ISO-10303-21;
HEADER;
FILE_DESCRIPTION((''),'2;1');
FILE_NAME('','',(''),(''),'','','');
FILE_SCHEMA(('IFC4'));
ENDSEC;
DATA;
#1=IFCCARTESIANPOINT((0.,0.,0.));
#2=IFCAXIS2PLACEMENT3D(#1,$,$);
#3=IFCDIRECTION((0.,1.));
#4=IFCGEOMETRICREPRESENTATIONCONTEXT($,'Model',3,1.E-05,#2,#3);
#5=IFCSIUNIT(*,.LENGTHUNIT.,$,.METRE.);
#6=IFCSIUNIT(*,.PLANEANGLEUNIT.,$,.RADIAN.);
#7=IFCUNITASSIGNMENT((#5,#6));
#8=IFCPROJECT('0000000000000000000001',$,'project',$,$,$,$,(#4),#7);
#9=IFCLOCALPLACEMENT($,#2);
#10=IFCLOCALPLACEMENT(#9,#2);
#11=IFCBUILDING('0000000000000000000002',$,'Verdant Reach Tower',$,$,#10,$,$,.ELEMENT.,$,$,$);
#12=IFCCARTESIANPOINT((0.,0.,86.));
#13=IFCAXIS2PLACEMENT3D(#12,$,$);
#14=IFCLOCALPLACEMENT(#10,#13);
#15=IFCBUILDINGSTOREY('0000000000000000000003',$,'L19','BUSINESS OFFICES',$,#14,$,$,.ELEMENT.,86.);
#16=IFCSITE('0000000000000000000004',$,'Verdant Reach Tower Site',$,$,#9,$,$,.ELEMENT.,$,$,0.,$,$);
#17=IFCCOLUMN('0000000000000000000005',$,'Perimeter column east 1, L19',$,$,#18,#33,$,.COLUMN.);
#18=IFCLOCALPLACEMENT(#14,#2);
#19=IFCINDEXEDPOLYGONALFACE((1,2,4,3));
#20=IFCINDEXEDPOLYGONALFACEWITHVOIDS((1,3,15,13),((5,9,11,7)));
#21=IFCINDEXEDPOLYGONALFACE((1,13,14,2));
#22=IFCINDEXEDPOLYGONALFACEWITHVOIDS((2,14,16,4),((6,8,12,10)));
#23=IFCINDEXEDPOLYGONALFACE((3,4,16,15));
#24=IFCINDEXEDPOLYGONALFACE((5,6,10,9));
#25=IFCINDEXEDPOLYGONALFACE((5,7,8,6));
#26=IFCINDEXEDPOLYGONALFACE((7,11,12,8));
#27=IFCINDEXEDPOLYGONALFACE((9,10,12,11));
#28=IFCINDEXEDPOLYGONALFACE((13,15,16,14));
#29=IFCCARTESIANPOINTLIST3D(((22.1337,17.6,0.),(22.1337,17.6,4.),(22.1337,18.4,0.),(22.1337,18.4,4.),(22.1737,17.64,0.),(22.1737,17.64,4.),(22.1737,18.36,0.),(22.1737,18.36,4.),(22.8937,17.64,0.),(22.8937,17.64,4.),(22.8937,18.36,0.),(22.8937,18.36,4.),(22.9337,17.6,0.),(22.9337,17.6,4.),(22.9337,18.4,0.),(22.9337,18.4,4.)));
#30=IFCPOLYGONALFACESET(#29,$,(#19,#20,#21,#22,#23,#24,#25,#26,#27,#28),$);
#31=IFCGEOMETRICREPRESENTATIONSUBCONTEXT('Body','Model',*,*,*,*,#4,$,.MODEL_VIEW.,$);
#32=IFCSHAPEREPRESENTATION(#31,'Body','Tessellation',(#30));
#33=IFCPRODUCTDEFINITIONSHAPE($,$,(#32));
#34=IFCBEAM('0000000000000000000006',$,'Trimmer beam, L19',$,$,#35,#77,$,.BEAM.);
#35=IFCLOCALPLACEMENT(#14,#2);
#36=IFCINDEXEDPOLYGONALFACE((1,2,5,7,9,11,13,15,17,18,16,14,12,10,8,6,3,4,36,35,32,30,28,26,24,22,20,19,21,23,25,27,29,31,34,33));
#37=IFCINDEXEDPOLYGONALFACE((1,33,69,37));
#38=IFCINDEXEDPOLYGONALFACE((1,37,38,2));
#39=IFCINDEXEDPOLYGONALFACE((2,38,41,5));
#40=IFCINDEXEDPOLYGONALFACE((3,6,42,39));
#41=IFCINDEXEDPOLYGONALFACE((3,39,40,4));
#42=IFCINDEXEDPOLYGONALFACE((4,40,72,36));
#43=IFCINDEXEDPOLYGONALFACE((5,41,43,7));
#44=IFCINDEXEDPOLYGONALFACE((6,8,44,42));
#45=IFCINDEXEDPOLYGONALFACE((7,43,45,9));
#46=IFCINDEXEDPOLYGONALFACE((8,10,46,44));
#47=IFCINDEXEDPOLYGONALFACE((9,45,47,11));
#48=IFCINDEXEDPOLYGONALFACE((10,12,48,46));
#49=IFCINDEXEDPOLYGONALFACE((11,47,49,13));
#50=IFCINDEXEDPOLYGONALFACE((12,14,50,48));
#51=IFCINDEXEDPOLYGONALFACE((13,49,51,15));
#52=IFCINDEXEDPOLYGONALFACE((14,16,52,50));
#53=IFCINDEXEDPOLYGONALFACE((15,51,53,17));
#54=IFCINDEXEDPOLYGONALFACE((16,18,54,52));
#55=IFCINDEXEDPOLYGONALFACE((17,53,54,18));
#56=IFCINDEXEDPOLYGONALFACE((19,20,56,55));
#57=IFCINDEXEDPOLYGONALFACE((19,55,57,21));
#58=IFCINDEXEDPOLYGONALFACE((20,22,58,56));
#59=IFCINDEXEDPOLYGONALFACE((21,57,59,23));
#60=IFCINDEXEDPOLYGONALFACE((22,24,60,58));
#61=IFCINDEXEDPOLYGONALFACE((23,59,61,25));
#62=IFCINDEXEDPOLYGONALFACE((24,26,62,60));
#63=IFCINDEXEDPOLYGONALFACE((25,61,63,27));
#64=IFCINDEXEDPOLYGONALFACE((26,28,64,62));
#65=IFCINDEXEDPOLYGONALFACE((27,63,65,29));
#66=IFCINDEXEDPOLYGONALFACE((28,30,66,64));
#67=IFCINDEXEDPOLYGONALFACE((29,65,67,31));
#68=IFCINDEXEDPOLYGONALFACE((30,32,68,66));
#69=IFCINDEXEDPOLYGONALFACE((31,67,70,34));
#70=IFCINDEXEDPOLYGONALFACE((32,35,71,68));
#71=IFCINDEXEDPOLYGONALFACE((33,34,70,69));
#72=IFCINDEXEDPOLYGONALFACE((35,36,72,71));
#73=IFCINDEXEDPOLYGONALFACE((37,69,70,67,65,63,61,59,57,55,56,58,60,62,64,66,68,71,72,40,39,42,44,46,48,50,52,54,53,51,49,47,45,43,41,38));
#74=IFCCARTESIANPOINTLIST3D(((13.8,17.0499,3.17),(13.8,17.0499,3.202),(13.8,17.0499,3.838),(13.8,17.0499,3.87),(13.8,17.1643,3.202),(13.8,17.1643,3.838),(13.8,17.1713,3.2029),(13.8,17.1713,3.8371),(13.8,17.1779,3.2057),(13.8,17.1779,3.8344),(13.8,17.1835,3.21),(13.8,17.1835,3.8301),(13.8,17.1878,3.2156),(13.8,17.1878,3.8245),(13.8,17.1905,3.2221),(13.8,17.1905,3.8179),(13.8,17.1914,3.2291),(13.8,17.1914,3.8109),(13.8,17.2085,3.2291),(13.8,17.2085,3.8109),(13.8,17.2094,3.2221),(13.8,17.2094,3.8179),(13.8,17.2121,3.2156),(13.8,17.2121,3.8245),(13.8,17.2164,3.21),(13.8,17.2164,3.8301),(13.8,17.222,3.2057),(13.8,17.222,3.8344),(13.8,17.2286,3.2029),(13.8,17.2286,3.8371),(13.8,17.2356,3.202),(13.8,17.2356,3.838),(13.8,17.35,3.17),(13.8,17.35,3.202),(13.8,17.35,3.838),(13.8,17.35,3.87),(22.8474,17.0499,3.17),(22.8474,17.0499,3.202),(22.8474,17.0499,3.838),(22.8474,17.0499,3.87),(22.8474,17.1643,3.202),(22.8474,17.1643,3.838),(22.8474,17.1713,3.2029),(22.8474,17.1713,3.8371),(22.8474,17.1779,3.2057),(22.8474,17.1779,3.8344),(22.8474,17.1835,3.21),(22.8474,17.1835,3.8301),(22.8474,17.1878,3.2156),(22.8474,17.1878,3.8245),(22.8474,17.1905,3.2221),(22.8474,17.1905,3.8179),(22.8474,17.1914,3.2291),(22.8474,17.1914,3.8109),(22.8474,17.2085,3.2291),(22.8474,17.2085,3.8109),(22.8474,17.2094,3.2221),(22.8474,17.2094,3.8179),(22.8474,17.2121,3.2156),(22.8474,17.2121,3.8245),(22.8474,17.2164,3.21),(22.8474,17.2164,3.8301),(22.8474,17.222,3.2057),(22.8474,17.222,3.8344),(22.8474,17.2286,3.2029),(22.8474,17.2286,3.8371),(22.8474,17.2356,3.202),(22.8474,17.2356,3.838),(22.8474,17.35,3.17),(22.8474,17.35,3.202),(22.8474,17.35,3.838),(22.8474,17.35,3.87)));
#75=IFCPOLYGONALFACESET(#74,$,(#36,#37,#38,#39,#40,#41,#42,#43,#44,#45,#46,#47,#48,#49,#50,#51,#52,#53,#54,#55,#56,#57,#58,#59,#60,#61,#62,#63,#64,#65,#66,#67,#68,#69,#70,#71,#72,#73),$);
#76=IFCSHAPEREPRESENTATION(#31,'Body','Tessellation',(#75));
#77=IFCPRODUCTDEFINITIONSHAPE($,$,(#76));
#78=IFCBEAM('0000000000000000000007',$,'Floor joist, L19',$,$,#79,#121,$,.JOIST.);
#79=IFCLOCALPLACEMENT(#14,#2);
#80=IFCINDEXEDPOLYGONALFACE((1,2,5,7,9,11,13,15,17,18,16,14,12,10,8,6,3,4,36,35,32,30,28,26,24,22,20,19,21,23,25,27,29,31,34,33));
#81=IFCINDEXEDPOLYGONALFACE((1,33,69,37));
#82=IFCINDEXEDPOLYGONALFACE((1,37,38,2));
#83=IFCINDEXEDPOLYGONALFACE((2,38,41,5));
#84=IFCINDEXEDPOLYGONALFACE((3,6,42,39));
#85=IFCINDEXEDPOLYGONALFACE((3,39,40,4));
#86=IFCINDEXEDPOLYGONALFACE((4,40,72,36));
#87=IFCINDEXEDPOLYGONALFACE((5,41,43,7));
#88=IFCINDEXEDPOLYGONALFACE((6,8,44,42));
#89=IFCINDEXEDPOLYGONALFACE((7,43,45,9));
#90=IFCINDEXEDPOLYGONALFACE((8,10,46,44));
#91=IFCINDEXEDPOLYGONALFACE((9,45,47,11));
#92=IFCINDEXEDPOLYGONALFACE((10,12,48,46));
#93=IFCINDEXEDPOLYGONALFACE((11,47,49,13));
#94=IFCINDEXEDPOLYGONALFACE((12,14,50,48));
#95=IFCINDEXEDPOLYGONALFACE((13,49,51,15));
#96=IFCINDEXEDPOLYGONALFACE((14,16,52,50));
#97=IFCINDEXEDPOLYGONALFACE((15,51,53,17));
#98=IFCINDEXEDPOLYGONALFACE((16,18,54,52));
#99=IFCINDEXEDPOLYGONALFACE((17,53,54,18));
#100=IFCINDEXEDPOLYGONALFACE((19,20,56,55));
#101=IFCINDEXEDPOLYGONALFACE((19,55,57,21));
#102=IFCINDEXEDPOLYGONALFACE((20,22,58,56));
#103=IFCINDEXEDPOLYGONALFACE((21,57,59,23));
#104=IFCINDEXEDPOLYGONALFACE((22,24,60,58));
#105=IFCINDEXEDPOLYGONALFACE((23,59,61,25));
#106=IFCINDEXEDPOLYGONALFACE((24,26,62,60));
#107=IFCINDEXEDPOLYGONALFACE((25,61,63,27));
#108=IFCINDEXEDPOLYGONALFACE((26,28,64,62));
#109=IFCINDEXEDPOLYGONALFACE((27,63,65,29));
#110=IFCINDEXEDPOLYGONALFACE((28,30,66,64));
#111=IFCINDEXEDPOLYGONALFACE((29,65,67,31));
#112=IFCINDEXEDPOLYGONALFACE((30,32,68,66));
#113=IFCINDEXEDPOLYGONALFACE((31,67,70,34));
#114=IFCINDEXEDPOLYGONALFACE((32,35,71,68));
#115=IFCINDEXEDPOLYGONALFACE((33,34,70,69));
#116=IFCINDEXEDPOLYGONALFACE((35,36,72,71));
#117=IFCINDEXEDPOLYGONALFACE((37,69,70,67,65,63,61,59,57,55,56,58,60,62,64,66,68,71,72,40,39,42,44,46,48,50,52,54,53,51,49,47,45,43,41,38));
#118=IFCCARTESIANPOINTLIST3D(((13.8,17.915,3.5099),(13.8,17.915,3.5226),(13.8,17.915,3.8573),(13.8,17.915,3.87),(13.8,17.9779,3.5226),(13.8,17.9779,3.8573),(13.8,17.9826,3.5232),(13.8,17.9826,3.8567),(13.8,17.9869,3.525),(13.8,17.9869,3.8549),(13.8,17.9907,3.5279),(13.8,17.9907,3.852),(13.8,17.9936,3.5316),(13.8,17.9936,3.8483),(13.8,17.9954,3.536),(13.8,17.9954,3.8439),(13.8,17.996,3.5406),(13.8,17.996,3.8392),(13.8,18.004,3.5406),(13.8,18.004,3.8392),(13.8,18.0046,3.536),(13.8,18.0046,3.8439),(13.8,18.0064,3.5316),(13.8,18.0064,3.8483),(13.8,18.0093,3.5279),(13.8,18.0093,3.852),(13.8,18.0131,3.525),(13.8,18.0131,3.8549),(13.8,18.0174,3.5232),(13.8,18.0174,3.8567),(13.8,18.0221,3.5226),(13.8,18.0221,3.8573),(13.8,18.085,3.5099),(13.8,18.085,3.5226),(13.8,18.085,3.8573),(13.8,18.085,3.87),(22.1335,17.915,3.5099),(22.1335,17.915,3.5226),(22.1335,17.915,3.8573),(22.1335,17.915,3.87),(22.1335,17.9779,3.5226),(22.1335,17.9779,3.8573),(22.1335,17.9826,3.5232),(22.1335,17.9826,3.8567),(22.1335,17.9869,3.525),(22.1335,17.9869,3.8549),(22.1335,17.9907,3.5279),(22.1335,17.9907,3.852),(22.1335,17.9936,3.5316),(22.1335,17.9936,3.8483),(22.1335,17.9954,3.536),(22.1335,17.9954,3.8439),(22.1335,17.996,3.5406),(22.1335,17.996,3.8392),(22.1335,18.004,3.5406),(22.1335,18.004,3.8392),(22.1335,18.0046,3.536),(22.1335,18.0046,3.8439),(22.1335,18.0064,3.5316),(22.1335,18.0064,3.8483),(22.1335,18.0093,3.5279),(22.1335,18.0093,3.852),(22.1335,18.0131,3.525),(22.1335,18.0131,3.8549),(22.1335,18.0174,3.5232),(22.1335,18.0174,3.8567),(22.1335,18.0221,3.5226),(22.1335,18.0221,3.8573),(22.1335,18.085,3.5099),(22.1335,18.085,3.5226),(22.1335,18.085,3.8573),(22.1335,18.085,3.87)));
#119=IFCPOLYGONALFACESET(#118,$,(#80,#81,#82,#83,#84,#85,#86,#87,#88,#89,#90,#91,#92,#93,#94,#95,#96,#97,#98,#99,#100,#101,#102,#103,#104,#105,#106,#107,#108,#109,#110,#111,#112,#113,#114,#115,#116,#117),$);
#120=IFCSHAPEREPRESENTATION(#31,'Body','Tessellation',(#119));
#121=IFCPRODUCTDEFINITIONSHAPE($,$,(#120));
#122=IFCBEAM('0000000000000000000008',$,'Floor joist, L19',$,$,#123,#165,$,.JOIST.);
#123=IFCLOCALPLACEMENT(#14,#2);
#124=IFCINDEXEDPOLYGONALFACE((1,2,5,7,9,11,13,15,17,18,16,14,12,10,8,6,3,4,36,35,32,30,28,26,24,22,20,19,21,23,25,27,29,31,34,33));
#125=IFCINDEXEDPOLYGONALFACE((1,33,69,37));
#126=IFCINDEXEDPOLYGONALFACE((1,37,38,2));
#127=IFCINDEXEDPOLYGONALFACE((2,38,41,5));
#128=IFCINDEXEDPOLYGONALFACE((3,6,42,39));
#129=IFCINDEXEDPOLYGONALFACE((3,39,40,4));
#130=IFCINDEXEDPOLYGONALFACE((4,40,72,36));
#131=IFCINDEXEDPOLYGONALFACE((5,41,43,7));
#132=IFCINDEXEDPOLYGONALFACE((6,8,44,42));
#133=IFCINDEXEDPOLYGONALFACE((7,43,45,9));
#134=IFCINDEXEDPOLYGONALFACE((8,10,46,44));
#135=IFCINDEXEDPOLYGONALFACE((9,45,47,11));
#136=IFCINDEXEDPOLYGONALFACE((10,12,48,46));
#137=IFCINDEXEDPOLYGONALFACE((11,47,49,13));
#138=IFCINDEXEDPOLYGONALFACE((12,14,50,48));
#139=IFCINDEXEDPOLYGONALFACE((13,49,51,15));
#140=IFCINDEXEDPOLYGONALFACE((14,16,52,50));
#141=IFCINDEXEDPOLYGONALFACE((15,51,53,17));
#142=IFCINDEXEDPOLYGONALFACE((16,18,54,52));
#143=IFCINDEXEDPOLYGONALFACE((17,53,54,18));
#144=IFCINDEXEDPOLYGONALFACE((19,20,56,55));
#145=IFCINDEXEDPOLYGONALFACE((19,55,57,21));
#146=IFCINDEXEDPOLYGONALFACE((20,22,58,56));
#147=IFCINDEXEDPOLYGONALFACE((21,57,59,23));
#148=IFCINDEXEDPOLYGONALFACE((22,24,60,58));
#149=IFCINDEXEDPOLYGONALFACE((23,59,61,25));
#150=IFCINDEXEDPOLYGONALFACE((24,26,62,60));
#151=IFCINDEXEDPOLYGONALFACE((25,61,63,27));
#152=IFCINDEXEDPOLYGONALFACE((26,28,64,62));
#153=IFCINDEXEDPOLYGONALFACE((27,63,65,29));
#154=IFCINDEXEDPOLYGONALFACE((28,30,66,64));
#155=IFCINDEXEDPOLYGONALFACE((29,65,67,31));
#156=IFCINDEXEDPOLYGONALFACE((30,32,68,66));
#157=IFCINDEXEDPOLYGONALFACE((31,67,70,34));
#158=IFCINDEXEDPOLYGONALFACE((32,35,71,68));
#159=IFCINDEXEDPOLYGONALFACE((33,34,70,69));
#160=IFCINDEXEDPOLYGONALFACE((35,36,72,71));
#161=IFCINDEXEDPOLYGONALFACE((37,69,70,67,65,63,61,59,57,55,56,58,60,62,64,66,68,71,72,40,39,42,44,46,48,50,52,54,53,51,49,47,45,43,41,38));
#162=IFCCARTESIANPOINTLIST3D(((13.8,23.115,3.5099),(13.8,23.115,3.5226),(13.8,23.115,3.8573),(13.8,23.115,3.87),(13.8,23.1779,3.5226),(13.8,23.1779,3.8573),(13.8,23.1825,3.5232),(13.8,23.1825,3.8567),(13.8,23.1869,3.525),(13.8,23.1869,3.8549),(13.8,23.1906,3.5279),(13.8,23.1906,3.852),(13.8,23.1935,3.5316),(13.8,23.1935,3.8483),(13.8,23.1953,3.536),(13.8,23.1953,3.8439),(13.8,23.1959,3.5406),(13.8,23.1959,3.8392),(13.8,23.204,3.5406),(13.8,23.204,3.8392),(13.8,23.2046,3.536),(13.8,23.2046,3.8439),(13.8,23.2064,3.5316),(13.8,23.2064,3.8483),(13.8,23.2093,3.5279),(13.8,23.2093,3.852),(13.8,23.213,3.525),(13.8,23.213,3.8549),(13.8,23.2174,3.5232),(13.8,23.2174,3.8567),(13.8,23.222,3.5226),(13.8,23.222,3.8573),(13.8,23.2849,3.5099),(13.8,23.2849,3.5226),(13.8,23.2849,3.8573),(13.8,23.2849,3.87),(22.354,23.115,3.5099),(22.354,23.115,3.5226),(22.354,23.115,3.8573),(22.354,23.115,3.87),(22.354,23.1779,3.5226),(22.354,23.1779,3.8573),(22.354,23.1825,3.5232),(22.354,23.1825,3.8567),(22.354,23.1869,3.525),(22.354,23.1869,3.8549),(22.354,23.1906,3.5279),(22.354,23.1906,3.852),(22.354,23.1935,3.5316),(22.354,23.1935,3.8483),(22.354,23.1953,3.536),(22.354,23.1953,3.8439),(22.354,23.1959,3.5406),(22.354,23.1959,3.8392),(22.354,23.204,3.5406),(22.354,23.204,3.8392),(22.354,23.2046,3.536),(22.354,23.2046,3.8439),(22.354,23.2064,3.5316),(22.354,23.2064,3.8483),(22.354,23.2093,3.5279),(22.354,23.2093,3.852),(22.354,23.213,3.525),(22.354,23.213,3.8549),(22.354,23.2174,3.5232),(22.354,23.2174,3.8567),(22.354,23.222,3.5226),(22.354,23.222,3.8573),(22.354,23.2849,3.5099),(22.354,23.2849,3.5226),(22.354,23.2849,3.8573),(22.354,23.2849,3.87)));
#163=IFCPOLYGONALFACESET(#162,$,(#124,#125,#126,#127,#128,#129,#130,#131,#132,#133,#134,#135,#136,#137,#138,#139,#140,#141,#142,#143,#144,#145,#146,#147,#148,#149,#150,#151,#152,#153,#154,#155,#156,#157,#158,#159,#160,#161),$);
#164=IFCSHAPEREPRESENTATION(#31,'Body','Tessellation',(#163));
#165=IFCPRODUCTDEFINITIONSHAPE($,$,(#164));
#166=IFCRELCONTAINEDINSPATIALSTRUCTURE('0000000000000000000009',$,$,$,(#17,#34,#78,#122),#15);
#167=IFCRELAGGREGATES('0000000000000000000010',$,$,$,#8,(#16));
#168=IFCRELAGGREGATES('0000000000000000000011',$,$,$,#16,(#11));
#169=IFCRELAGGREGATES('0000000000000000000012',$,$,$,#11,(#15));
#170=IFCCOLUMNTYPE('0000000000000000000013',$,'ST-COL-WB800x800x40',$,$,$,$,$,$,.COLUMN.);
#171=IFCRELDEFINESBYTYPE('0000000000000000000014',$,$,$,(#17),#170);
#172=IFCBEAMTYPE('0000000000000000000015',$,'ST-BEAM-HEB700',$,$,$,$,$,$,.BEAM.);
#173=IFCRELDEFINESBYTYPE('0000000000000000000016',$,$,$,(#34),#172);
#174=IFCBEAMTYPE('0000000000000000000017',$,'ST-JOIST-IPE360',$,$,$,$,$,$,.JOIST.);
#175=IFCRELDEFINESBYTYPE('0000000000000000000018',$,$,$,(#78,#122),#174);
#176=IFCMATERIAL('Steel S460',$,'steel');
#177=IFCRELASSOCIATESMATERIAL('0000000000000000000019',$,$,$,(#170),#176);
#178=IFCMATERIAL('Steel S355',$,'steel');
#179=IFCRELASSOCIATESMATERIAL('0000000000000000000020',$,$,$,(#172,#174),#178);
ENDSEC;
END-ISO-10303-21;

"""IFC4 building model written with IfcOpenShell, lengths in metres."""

from ifc_helpers import new_model, si_unit, direction, frame, origin, origin_2d, place, context, subcontext, project, spatial, hollow_rectangle, i_section, extrude, material, material_profile, profile_set, type_object, element, save


model = new_model("IFC4")

# Units and contexts
model_context = context("Model", 3, precision=1e-05, world=origin(), true_north=direction((0.0, 1.0)))
body_context = subcontext(model_context, "Body", "Model", "MODEL_VIEW")
ifc_project = project(units=[si_unit("LENGTHUNIT", "METRE"), si_unit("PLANEANGLEUNIT", "RADIAN")], contexts=[model_context])

# Site, building, storey
site_placement = place(None, origin())
site = spatial("IfcSite", under=ifc_project, at=site_placement, Name="Verdant Reach Tower Site", CompositionType="ELEMENT", RefElevation=0.0)
building_placement = place(site_placement, origin())
building = spatial("IfcBuilding", under=site, at=building_placement, Name="Verdant Reach Tower", CompositionType="ELEMENT")
storey_placement = place(building_placement, frame((0.0, 0.0, 86.0)))
storey = spatial("IfcBuildingStorey", under=building, at=storey_placement, Name="L19", Description="BUSINESS OFFICES", CompositionType="ELEMENT", Elevation=86.0)

# Column
ifc_material_1 = material(Name="Steel S460", Category="steel")
ifc_material_profile_1 = material_profile(ifc_material_1, hollow_rectangle(XDim=0.8, YDim=0.8, WallThickness=0.04, at=origin_2d()), Name="WB 800x800x40")
ifc_profile_set_1 = profile_set([ifc_material_profile_1], Name="Steel S460")
column_type = type_object("IfcColumnType", Name="ST-COL-WB800x800x40", PredefinedType="COLUMN", material=ifc_profile_set_1)
column_placement = place(storey_placement, frame((22.5337, 18.0, 0.0), z_axis=(0.0, 0.0, 1.0), x_axis=(1.0, 0.0, 0.0)))
element("IfcColumn", 1, at=column_placement, inside=storey, type_object=column_type, Name="Perimeter column east 1, L19", PredefinedType="COLUMN", context=body_context, shape_type="SweptSolid", body=[
    extrude(hollow_rectangle(XDim=0.8, YDim=0.8, WallThickness=0.04, at=origin_2d()), origin(), (0.0, 0.0, 1.0), 4.0),
])

# Beams
ifc_material_2 = material(Name="Steel S355", Category="steel")
ifc_material_profile_2 = material_profile(ifc_material_2, i_section(OverallWidth=0.3, OverallDepth=0.7, WebThickness=0.0171, FlangeThickness=0.032, FilletRadius=0.0271, at=origin_2d()), Name="HEB 700")
ifc_profile_set_2 = profile_set([ifc_material_profile_2], Name="Steel S355")
beam_type_1 = type_object("IfcBeamType", Name="ST-BEAM-HEB700", PredefinedType="BEAM", material=ifc_profile_set_2)
beam_1_placement = place(storey_placement, frame((13.8, 17.2, 3.52), z_axis=(1.0, 0.0, 0.0), x_axis=(0.0, 1.0, 0.0)))
element("IfcBeam", 2, at=beam_1_placement, inside=storey, type_object=beam_type_1, Name="Trimmer beam, L19", PredefinedType="BEAM", context=body_context, shape_type="SweptSolid", body=[
    extrude(i_section(OverallWidth=0.3, OverallDepth=0.7, WebThickness=0.0171, FlangeThickness=0.032, FilletRadius=0.0271, at=origin_2d()), origin(), (0.0, 0.0, 1.0), 9.0474),
])
ifc_material_profile_3 = material_profile(ifc_material_2, i_section(OverallWidth=0.1699, OverallDepth=0.3601, WebThickness=0.0081, FlangeThickness=0.0127, FilletRadius=0.0181, at=origin_2d()), Name="IPE 360")
ifc_profile_set_3 = profile_set([ifc_material_profile_3], Name="Steel S355")
beam_type_2 = type_object("IfcBeamType", Name="ST-JOIST-IPE360", PredefinedType="JOIST", material=ifc_profile_set_3)
beam_2_placement = place(storey_placement, frame((13.8, 18.0, 3.6899), z_axis=(1.0, 0.0, 0.0), x_axis=(0.0, 1.0, 0.0)))
element("IfcBeam", 3, at=beam_2_placement, inside=storey, type_object=beam_type_2, Name="Floor joist, L19", PredefinedType="JOIST", context=body_context, shape_type="SweptSolid", body=[
    extrude(i_section(OverallWidth=0.1699, OverallDepth=0.3601, WebThickness=0.0081, FlangeThickness=0.0127, FilletRadius=0.0181, at=origin_2d()), origin(), (0.0, 0.0, 1.0), 8.3335),
])
beam_3_placement = place(storey_placement, frame((13.8, 23.2, 3.6899), z_axis=(1.0, 0.0, 0.0), x_axis=(0.0, 1.0, 0.0)))
element("IfcBeam", 4, at=beam_3_placement, inside=storey, type_object=beam_type_2, Name="Floor joist, L19", PredefinedType="JOIST", context=body_context, shape_type="SweptSolid", body=[
    extrude(i_section(OverallWidth=0.1699, OverallDepth=0.3601, WebThickness=0.0081, FlangeThickness=0.0127, FilletRadius=0.0181, at=origin_2d()), origin(), (0.0, 0.0, 1.0), 8.554),
])

save(model, "model.ifc")
